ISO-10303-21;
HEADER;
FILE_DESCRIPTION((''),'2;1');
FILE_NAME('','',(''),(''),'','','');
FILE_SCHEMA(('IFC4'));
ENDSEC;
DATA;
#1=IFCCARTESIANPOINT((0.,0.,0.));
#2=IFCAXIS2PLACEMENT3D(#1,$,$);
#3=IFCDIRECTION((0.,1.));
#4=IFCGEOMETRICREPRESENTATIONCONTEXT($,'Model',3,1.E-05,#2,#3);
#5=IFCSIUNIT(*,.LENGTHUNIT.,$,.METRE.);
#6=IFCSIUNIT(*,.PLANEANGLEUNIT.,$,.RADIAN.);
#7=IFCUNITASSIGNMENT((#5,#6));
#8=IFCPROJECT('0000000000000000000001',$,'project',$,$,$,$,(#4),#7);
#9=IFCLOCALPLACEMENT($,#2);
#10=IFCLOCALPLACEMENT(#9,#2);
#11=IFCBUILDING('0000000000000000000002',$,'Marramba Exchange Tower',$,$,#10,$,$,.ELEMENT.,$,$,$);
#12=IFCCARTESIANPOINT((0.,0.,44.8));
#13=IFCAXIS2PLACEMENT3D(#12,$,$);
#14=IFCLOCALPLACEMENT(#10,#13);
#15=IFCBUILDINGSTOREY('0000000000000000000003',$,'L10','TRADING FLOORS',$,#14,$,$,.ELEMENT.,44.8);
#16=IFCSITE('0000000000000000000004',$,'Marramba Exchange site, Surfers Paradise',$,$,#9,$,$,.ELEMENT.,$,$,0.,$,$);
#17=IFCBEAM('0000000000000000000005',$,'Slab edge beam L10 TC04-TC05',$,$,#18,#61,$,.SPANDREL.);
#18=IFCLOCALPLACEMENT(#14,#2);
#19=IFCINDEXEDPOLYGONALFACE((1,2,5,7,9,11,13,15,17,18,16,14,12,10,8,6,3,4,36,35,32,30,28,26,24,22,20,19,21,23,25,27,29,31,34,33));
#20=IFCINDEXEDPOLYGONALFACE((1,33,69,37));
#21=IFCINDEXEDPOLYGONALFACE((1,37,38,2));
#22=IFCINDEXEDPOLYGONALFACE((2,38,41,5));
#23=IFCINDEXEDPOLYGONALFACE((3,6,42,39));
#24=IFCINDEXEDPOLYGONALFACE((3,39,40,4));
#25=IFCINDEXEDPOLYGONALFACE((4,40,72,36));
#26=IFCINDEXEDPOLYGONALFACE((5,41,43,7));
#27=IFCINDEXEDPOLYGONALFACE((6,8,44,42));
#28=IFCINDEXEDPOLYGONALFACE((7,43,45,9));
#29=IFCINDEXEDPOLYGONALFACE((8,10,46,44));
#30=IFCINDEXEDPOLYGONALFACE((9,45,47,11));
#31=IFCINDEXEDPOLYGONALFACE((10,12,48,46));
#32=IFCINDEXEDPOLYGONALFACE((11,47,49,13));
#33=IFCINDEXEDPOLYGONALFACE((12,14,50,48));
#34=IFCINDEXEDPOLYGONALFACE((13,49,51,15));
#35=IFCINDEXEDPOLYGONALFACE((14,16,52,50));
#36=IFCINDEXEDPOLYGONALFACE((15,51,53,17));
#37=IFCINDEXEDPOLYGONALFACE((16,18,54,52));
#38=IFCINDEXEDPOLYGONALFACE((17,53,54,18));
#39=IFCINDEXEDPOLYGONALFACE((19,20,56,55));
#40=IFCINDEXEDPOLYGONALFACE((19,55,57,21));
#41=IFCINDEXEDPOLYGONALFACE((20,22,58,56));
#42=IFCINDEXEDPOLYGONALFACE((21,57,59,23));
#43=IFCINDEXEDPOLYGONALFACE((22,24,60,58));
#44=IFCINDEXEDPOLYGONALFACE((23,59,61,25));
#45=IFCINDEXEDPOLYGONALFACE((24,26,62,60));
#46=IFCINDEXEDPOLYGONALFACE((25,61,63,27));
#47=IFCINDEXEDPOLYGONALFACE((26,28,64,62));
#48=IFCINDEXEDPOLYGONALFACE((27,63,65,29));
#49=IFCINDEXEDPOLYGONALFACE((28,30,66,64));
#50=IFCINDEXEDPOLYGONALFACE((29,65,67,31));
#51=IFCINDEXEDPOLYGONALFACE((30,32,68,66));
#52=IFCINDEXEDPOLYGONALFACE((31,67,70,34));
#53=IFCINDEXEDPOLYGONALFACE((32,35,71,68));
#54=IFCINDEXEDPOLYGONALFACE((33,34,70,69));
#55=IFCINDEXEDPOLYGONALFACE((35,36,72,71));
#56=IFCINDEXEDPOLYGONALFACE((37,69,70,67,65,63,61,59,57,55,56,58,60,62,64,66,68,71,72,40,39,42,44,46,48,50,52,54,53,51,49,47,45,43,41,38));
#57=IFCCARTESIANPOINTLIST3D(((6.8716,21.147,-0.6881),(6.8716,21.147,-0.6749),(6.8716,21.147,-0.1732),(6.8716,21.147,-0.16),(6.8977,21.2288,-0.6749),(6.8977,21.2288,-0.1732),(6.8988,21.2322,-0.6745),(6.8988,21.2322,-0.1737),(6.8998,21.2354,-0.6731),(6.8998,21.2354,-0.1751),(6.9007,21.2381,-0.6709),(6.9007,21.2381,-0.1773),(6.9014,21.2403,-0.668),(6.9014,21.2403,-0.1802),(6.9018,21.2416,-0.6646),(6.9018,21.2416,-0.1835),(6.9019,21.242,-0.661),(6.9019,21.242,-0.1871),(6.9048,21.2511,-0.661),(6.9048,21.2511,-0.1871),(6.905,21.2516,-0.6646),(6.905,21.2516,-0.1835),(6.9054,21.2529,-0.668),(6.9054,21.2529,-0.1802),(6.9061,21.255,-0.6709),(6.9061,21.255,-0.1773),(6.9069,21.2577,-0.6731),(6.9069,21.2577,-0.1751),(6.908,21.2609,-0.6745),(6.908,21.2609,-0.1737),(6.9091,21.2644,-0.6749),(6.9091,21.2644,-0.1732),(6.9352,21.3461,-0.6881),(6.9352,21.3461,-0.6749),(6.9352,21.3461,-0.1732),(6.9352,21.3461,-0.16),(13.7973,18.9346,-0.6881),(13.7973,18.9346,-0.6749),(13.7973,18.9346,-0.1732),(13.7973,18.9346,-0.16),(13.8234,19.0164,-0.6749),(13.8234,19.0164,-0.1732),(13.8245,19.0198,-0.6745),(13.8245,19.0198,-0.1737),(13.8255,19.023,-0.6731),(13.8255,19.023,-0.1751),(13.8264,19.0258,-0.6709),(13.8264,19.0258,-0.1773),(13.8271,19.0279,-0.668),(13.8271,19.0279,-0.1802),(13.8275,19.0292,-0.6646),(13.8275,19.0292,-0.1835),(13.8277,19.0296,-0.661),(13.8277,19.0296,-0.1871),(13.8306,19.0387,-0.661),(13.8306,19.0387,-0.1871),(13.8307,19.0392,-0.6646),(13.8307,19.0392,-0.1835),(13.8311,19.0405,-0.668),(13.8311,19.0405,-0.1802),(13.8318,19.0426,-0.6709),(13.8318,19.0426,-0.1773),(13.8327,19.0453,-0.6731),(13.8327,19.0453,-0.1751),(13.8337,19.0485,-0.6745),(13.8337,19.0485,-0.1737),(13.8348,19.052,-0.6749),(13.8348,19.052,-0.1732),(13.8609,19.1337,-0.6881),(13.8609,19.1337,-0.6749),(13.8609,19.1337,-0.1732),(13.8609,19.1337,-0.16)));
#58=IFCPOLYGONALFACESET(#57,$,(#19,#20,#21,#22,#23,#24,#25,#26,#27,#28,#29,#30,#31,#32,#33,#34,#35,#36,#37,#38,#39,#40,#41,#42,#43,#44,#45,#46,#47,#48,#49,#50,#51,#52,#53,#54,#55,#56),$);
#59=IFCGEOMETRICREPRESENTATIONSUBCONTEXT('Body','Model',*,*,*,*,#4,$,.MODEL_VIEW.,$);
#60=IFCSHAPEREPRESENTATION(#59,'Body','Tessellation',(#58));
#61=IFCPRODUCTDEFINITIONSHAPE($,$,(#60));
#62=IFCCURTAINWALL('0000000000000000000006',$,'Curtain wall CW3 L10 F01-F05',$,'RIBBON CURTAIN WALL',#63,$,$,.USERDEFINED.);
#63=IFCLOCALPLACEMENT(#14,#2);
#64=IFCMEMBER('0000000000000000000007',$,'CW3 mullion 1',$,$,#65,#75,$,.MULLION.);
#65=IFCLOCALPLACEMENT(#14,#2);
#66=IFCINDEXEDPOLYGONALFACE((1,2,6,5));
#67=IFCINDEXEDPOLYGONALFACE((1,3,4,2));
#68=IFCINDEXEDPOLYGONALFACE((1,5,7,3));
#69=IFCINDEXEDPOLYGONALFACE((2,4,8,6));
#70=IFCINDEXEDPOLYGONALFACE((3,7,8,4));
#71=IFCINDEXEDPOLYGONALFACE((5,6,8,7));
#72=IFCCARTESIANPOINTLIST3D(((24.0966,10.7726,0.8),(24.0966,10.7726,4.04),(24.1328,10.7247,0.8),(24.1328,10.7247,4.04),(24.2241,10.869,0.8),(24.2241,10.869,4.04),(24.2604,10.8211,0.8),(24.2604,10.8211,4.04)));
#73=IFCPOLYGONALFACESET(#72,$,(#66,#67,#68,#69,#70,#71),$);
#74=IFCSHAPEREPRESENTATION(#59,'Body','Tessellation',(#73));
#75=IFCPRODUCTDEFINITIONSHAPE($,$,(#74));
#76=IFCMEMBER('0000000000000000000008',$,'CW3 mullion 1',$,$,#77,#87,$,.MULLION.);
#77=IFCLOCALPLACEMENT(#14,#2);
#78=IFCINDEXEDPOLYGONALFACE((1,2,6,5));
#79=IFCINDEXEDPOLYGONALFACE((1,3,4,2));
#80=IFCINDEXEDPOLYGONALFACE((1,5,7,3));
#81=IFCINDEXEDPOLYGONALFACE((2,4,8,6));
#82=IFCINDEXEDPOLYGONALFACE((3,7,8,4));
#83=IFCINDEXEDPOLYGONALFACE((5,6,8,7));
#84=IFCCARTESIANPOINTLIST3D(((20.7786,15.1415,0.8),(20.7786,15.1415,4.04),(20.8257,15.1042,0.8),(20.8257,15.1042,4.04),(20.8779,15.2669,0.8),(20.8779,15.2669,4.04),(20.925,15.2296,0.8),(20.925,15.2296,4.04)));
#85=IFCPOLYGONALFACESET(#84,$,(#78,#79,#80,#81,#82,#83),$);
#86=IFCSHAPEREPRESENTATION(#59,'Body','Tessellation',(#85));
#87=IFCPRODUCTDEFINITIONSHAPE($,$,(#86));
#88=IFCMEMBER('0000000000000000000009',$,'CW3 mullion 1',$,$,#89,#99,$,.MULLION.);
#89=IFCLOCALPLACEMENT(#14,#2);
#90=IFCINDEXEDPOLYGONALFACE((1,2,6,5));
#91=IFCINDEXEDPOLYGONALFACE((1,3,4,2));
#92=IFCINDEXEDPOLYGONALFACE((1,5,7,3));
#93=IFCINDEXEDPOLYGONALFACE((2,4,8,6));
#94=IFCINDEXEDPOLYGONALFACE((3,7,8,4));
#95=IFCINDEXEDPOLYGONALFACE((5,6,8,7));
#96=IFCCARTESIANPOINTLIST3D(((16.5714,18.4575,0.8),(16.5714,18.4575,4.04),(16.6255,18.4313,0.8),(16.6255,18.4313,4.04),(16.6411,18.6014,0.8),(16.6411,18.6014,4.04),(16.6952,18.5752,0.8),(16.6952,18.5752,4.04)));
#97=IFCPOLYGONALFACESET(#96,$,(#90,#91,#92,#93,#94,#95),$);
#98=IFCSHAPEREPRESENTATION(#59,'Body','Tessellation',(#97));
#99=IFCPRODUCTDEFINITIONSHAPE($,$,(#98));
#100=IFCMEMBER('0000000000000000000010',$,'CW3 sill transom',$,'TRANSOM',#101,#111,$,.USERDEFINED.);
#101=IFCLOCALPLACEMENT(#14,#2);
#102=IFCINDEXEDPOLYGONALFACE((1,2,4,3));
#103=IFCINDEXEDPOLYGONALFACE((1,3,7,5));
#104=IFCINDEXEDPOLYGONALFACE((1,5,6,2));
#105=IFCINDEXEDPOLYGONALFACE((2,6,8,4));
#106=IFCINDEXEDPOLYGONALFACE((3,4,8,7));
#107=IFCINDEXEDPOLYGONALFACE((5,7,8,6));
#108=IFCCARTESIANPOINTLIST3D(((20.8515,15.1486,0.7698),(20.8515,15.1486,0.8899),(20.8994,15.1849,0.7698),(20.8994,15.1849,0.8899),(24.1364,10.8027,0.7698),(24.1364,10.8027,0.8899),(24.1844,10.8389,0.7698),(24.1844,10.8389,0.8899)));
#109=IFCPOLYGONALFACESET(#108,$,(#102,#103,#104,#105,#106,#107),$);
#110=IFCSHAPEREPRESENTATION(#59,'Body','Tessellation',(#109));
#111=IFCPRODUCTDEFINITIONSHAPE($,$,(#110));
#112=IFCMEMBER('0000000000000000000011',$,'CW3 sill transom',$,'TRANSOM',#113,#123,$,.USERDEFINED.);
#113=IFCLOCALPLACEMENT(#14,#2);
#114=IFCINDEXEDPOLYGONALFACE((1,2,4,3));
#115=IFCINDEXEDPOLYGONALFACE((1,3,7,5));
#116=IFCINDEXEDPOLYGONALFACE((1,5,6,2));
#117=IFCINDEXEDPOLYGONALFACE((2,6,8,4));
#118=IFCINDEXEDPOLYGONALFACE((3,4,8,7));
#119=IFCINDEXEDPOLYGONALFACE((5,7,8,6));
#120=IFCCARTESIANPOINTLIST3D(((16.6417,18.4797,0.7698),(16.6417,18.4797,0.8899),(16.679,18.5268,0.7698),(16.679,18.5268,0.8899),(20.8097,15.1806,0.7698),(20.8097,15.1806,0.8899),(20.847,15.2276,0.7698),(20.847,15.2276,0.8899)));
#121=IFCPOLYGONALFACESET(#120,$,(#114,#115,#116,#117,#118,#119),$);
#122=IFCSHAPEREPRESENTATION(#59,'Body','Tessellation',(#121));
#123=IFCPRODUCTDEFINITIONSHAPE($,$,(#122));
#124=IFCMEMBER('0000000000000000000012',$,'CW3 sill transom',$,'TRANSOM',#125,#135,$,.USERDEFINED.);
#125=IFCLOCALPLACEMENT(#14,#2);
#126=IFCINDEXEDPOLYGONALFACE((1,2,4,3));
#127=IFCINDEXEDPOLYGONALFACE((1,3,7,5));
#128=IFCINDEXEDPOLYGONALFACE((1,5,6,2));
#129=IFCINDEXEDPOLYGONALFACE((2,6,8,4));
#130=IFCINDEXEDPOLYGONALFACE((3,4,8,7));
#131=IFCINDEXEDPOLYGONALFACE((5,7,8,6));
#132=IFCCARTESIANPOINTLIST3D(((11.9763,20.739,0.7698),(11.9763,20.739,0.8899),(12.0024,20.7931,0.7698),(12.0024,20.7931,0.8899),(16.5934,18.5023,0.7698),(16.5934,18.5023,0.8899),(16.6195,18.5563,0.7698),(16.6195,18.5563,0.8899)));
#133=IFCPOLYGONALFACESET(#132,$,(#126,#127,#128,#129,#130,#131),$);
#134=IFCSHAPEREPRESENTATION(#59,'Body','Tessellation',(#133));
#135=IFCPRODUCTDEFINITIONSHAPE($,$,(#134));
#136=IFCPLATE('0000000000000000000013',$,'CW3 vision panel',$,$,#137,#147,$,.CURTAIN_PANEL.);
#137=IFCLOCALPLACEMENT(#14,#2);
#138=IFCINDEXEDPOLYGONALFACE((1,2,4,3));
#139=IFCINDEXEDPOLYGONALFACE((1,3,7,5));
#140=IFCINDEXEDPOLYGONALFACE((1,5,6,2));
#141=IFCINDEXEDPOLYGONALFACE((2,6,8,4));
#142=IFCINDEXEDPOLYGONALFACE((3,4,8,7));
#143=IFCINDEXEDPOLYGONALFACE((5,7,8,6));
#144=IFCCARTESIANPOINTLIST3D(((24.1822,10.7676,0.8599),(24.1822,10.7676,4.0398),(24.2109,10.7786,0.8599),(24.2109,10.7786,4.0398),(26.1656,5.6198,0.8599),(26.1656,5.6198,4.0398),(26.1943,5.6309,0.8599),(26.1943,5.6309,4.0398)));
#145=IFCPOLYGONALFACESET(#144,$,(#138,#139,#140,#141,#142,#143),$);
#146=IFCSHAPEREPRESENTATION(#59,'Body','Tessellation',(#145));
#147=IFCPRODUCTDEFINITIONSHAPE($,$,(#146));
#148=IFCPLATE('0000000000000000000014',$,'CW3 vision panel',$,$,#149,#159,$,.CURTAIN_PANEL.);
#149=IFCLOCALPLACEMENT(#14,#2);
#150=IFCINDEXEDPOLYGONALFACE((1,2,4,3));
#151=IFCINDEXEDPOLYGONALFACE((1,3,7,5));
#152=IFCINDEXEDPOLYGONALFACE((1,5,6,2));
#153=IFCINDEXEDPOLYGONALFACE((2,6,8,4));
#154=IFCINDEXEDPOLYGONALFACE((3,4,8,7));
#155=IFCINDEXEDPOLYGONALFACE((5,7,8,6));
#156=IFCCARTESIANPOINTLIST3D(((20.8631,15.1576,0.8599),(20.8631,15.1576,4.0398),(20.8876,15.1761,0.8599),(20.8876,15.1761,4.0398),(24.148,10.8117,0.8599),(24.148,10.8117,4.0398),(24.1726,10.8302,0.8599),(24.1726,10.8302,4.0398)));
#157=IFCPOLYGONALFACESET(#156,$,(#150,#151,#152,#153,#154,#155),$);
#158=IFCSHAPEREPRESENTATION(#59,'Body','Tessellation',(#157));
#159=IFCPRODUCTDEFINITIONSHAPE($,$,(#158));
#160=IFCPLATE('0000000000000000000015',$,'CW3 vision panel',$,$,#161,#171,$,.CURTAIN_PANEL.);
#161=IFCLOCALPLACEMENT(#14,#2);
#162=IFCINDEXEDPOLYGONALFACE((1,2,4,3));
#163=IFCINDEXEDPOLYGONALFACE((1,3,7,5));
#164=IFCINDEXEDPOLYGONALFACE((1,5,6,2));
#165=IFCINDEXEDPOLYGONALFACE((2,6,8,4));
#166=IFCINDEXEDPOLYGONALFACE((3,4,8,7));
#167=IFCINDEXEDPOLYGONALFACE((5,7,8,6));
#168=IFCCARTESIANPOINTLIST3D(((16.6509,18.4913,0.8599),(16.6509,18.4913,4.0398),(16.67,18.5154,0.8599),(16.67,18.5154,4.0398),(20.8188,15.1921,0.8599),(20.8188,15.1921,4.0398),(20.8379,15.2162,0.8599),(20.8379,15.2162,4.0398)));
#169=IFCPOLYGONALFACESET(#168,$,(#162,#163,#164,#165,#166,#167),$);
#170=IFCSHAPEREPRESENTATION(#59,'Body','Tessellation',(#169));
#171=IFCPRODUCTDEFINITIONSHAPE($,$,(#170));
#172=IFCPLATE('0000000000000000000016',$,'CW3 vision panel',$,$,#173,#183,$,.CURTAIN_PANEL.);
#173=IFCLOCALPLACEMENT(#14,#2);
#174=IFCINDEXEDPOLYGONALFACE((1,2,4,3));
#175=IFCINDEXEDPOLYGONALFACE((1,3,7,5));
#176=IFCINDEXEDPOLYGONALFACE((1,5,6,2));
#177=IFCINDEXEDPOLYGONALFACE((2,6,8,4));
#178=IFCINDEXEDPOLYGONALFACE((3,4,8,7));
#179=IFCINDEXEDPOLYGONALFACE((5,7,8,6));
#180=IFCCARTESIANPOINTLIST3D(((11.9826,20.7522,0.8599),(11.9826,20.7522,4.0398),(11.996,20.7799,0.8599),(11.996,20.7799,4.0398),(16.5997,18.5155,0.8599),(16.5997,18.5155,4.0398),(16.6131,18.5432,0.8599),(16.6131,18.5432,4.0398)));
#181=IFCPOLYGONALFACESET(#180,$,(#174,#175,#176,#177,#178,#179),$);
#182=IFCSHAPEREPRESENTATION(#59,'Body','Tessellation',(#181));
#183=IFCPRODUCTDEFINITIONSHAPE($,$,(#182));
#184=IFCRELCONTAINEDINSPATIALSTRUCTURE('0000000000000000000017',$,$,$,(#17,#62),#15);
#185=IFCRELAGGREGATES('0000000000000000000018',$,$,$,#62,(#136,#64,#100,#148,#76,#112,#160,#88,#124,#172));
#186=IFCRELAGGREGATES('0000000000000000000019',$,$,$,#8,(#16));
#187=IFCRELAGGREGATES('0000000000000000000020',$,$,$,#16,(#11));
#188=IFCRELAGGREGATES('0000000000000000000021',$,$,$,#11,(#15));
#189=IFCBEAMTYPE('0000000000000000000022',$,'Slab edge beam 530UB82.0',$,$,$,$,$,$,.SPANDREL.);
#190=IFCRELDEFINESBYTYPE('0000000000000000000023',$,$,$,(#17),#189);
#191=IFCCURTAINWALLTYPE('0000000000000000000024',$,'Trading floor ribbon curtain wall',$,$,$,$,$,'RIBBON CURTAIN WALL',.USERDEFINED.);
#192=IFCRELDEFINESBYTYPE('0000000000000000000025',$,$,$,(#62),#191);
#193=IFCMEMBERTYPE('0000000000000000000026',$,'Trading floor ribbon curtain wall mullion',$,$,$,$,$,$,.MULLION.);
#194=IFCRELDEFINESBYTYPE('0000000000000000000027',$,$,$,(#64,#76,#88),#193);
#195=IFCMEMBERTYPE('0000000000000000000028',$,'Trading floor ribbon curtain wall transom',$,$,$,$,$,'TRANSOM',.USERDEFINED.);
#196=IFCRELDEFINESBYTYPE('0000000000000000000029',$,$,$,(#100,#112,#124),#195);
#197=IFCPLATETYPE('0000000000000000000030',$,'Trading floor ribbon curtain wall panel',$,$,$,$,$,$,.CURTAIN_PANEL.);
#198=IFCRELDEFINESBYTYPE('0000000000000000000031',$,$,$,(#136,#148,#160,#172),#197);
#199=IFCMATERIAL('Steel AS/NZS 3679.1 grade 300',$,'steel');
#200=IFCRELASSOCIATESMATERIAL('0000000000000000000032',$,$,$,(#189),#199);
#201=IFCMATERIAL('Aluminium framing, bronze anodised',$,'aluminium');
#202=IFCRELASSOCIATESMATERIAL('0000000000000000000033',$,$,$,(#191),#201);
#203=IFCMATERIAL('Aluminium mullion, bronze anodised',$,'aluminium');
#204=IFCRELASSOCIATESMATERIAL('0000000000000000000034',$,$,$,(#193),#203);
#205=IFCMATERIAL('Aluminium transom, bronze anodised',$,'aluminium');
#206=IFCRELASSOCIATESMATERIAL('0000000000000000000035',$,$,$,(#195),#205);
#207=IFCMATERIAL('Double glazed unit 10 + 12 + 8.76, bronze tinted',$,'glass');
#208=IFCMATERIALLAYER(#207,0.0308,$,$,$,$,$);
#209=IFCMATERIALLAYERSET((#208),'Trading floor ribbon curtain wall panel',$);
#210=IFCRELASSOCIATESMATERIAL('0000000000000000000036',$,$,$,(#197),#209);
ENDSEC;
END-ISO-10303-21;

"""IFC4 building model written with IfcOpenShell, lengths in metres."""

from ifc_helpers import new_model, si_unit, direction, frame, origin, origin_2d, place, context, subcontext, project, spatial, rectangle, i_section, extrude, material, layer, layer_set, material_profile, profile_set, type_object, element, aggregate, save


model = new_model("IFC4")

# Units and contexts
model_context = context("Model", 3, precision=1e-05, world=origin(), true_north=direction((0.0, 1.0)))
body_context = subcontext(model_context, "Body", "Model", "MODEL_VIEW")
ifc_project = project(units=[si_unit("LENGTHUNIT", "METRE"), si_unit("PLANEANGLEUNIT", "RADIAN")], contexts=[model_context])

# Site, building, storey
site_placement = place(None, origin())
site = spatial("IfcSite", under=ifc_project, at=site_placement, Name="Marramba Exchange site, Surfers Paradise", CompositionType="ELEMENT", RefElevation=0.0)
building_placement = place(site_placement, origin())
building = spatial("IfcBuilding", under=site, at=building_placement, Name="Marramba Exchange Tower", CompositionType="ELEMENT")
storey_placement = place(building_placement, frame((0.0, 0.0, 44.8)))
storey = spatial("IfcBuildingStorey", under=building, at=storey_placement, Name="L10", Description="TRADING FLOORS", CompositionType="ELEMENT", Elevation=44.8)

# Beam
ifc_material_1 = material(Name="Steel AS/NZS 3679.1 grade 300", Category="steel")
ifc_material_profile_1 = material_profile(ifc_material_1, i_section(OverallWidth=0.209, OverallDepth=0.5281, WebThickness=0.0095, FlangeThickness=0.0132, FilletRadius=0.0139, at=origin_2d()), Name="530UB82.0")
ifc_profile_set_1 = profile_set([ifc_material_profile_1], Name="Steel AS/NZS 3679.1 grade 300")
beam_type_1 = type_object("IfcBeamType", Name="Slab edge beam 530UB82.0", PredefinedType="SPANDREL", material=ifc_profile_set_1)
beam_1_placement = place(storey_placement, frame((13.8291, 19.0342, -0.4241), z_axis=(-0.952578, 0.304296, 0.0), x_axis=(-0.304296, -0.952578, 0.0)))
element("IfcBeam", 1, at=beam_1_placement, inside=storey, type_object=beam_type_1, Name="Slab edge beam L10 TC04-TC05", PredefinedType="SPANDREL", context=body_context, shape_type="SweptSolid", body=[
    extrude(i_section(OverallWidth=0.209, OverallDepth=0.5281, WebThickness=0.0095, FlangeThickness=0.0132, FilletRadius=0.0139, at=origin_2d()), origin(), (0.0, 0.0, 1.0), 7.2705),
])

# Curtain wall, members, plates
ifc_material_2 = material(Name="Aluminium framing, bronze anodised", Category="aluminium")
curtain_wall_type = type_object("IfcCurtainWallType", Name="Trading floor ribbon curtain wall", ElementType="RIBBON CURTAIN WALL", PredefinedType="USERDEFINED", material=ifc_material_2)
curtain_wall_placement = place(storey_placement, origin())
curtain_wall = element("IfcCurtainWall", 2, at=curtain_wall_placement, inside=storey, type_object=curtain_wall_type, Name="Curtain wall CW3 L10 F01-F05", ObjectType="RIBBON CURTAIN WALL", PredefinedType="USERDEFINED")
ifc_material_3 = material(Name="Aluminium mullion, bronze anodised", Category="aluminium")
ifc_material_profile_2 = material_profile(ifc_material_3, rectangle(XDim=0.1599, YDim=0.0601, at=origin_2d()), Name="CW3 mullion 60x160")
ifc_profile_set_2 = profile_set([ifc_material_profile_2], Name="Aluminium mullion, bronze anodised")
member_type_1 = type_object("IfcMemberType", Name="Trading floor ribbon curtain wall mullion", PredefinedType="MULLION", material=ifc_profile_set_2)
member_1_placement = place(storey_placement, frame((24.1785, 10.7969, 0.8), z_axis=(0.0, 0.0, 1.0), x_axis=(-0.797749, -0.60299, 0.0)))
member_1 = element("IfcMember", 3, at=member_1_placement, type_object=member_type_1, Name="CW3 mullion 1", PredefinedType="MULLION", context=body_context, shape_type="SweptSolid", body=[
    extrude(rectangle(XDim=0.1599, YDim=0.0601, at=origin_2d()), origin(), (0.0, 0.0, 1.0), 3.24),
])
member_2_placement = place(storey_placement, frame((20.8518, 15.1855, 0.8), z_axis=(0.0, 0.0, 1.0), x_axis=(-0.62065, -0.784088, 0.0)))
member_2 = element("IfcMember", 4, at=member_2_placement, type_object=member_type_1, Name="CW3 mullion 1", PredefinedType="MULLION", context=body_context, shape_type="SweptSolid", body=[
    extrude(rectangle(XDim=0.1599, YDim=0.0601, at=origin_2d()), origin(), (0.0, 0.0, 1.0), 3.24),
])
member_3_placement = place(storey_placement, frame((16.6333, 18.5164, 0.8), z_axis=(0.0, 0.0, 1.0), x_axis=(-0.435965, -0.899963, 0.0)))
member_3 = element("IfcMember", 5, at=member_3_placement, type_object=member_type_1, Name="CW3 mullion 1", PredefinedType="MULLION", context=body_context, shape_type="SweptSolid", body=[
    extrude(rectangle(XDim=0.1599, YDim=0.0601, at=origin_2d()), origin(), (0.0, 0.0, 1.0), 3.24),
])
ifc_material_4 = material(Name="Aluminium transom, bronze anodised", Category="aluminium")
ifc_material_profile_3 = material_profile(ifc_material_4, rectangle(XDim=0.0601, YDim=0.1201, at=origin_2d()), Name="CW3 transom 60x120")
ifc_profile_set_3 = profile_set([ifc_material_profile_3], Name="Aluminium transom, bronze anodised")
member_type_2 = type_object("IfcMemberType", Name="Trading floor ribbon curtain wall transom", ElementType="TRANSOM", PredefinedType="USERDEFINED", material=ifc_profile_set_3)
member_4_placement = place(storey_placement, frame((24.1604, 10.8208, 0.8298), z_axis=(-0.602986, 0.797752, 0.0), x_axis=(-0.797752, -0.602986, 0.0)))
member_4 = element("IfcMember", 6, at=member_4_placement, type_object=member_type_2, Name="CW3 sill transom", ObjectType="TRANSOM", PredefinedType="USERDEFINED", context=body_context, shape_type="SweptSolid", body=[
    extrude(rectangle(XDim=0.0601, YDim=0.1201, at=origin_2d()), origin(), (0.0, 0.0, 1.0), 5.4478),
])
member_5_placement = place(storey_placement, frame((20.8284, 15.2041, 0.8298), z_axis=(-0.784098, 0.620637, 0.0), x_axis=(-0.620637, -0.784098, 0.0)))
member_5 = element("IfcMember", 7, at=member_5_placement, type_object=member_type_2, Name="CW3 sill transom", ObjectType="TRANSOM", PredefinedType="USERDEFINED", context=body_context, shape_type="SweptSolid", body=[
    extrude(rectangle(XDim=0.0601, YDim=0.1201, at=origin_2d()), origin(), (0.0, 0.0, 1.0), 5.3157),
])
member_6_placement = place(storey_placement, frame((16.6064, 18.5293, 0.8298), z_axis=(-0.899953, 0.435986, 0.0), x_axis=(-0.435986, -0.899953, 0.0)))
member_6 = element("IfcMember", 8, at=member_6_placement, type_object=member_type_2, Name="CW3 sill transom", ObjectType="TRANSOM", PredefinedType="USERDEFINED", context=body_context, shape_type="SweptSolid", body=[
    extrude(rectangle(XDim=0.0601, YDim=0.1201, at=origin_2d()), origin(), (0.0, 0.0, 1.0), 5.1304),
])
ifc_material_5 = material(Name="Double glazed unit 10 + 12 + 8.76, bronze tinted", Category="glass")
ifc_layer_1 = layer(ifc_material_5, 0.0308)
ifc_layer_set_1 = layer_set([ifc_layer_1], Name="Trading floor ribbon curtain wall panel")
plate_type = type_object("IfcPlateType", Name="Trading floor ribbon curtain wall panel", PredefinedType="CURTAIN_PANEL", material=ifc_layer_set_1)
plate_1_placement = place(storey_placement, frame((25.1882, 8.1992, 0.8599), z_axis=(0.0, 0.0, 1.0), x_axis=(-0.359526, 0.933135, 0.0)))
plate_1 = element("IfcPlate", 9, at=plate_1_placement, type_object=plate_type, Name="CW3 vision panel", PredefinedType="CURTAIN_PANEL", context=body_context, shape_type="SweptSolid", body=[
    extrude(rectangle(XDim=5.5166, YDim=0.0308, at=origin_2d()), origin(), (0.0, 0.0, 1.0), 3.1799),
])
plate_2_placement = place(storey_placement, frame((22.5178, 12.9939, 0.8599), z_axis=(0.0, 0.0, 1.0), x_axis=(-0.60299, 0.797749, 0.0)))
plate_2 = element("IfcPlate", 10, at=plate_2_placement, type_object=plate_type, Name="CW3 vision panel", PredefinedType="CURTAIN_PANEL", context=body_context, shape_type="SweptSolid", body=[
    extrude(rectangle(XDim=5.4478, YDim=0.0308, at=origin_2d()), origin(), (0.0, 0.0, 1.0), 3.1799),
])
plate_3_placement = place(storey_placement, frame((18.7444, 16.8538, 0.8599), z_axis=(0.0, 0.0, 1.0), x_axis=(-0.784088, 0.62065, 0.0)))
plate_3 = element("IfcPlate", 11, at=plate_3_placement, type_object=plate_type, Name="CW3 vision panel", PredefinedType="CURTAIN_PANEL", context=body_context, shape_type="SweptSolid", body=[
    extrude(rectangle(XDim=5.3157, YDim=0.0308, at=origin_2d()), origin(), (0.0, 0.0, 1.0), 3.1799),
])
plate_4_placement = place(storey_placement, frame((14.2979, 19.6477, 0.8599), z_axis=(0.0, 0.0, 1.0), x_axis=(-0.899963, 0.435965, 0.0)))
plate_4 = element("IfcPlate", 12, at=plate_4_placement, type_object=plate_type, Name="CW3 vision panel", PredefinedType="CURTAIN_PANEL", context=body_context, shape_type="SweptSolid", body=[
    extrude(rectangle(XDim=5.1304, YDim=0.0308, at=origin_2d()), origin(), (0.0, 0.0, 1.0), 3.1799),
])
aggregate(curtain_wall, [plate_1, member_1, member_4, plate_2, member_2, member_5, plate_3, member_3, member_6, plate_4])

save(model, "model.ifc")
